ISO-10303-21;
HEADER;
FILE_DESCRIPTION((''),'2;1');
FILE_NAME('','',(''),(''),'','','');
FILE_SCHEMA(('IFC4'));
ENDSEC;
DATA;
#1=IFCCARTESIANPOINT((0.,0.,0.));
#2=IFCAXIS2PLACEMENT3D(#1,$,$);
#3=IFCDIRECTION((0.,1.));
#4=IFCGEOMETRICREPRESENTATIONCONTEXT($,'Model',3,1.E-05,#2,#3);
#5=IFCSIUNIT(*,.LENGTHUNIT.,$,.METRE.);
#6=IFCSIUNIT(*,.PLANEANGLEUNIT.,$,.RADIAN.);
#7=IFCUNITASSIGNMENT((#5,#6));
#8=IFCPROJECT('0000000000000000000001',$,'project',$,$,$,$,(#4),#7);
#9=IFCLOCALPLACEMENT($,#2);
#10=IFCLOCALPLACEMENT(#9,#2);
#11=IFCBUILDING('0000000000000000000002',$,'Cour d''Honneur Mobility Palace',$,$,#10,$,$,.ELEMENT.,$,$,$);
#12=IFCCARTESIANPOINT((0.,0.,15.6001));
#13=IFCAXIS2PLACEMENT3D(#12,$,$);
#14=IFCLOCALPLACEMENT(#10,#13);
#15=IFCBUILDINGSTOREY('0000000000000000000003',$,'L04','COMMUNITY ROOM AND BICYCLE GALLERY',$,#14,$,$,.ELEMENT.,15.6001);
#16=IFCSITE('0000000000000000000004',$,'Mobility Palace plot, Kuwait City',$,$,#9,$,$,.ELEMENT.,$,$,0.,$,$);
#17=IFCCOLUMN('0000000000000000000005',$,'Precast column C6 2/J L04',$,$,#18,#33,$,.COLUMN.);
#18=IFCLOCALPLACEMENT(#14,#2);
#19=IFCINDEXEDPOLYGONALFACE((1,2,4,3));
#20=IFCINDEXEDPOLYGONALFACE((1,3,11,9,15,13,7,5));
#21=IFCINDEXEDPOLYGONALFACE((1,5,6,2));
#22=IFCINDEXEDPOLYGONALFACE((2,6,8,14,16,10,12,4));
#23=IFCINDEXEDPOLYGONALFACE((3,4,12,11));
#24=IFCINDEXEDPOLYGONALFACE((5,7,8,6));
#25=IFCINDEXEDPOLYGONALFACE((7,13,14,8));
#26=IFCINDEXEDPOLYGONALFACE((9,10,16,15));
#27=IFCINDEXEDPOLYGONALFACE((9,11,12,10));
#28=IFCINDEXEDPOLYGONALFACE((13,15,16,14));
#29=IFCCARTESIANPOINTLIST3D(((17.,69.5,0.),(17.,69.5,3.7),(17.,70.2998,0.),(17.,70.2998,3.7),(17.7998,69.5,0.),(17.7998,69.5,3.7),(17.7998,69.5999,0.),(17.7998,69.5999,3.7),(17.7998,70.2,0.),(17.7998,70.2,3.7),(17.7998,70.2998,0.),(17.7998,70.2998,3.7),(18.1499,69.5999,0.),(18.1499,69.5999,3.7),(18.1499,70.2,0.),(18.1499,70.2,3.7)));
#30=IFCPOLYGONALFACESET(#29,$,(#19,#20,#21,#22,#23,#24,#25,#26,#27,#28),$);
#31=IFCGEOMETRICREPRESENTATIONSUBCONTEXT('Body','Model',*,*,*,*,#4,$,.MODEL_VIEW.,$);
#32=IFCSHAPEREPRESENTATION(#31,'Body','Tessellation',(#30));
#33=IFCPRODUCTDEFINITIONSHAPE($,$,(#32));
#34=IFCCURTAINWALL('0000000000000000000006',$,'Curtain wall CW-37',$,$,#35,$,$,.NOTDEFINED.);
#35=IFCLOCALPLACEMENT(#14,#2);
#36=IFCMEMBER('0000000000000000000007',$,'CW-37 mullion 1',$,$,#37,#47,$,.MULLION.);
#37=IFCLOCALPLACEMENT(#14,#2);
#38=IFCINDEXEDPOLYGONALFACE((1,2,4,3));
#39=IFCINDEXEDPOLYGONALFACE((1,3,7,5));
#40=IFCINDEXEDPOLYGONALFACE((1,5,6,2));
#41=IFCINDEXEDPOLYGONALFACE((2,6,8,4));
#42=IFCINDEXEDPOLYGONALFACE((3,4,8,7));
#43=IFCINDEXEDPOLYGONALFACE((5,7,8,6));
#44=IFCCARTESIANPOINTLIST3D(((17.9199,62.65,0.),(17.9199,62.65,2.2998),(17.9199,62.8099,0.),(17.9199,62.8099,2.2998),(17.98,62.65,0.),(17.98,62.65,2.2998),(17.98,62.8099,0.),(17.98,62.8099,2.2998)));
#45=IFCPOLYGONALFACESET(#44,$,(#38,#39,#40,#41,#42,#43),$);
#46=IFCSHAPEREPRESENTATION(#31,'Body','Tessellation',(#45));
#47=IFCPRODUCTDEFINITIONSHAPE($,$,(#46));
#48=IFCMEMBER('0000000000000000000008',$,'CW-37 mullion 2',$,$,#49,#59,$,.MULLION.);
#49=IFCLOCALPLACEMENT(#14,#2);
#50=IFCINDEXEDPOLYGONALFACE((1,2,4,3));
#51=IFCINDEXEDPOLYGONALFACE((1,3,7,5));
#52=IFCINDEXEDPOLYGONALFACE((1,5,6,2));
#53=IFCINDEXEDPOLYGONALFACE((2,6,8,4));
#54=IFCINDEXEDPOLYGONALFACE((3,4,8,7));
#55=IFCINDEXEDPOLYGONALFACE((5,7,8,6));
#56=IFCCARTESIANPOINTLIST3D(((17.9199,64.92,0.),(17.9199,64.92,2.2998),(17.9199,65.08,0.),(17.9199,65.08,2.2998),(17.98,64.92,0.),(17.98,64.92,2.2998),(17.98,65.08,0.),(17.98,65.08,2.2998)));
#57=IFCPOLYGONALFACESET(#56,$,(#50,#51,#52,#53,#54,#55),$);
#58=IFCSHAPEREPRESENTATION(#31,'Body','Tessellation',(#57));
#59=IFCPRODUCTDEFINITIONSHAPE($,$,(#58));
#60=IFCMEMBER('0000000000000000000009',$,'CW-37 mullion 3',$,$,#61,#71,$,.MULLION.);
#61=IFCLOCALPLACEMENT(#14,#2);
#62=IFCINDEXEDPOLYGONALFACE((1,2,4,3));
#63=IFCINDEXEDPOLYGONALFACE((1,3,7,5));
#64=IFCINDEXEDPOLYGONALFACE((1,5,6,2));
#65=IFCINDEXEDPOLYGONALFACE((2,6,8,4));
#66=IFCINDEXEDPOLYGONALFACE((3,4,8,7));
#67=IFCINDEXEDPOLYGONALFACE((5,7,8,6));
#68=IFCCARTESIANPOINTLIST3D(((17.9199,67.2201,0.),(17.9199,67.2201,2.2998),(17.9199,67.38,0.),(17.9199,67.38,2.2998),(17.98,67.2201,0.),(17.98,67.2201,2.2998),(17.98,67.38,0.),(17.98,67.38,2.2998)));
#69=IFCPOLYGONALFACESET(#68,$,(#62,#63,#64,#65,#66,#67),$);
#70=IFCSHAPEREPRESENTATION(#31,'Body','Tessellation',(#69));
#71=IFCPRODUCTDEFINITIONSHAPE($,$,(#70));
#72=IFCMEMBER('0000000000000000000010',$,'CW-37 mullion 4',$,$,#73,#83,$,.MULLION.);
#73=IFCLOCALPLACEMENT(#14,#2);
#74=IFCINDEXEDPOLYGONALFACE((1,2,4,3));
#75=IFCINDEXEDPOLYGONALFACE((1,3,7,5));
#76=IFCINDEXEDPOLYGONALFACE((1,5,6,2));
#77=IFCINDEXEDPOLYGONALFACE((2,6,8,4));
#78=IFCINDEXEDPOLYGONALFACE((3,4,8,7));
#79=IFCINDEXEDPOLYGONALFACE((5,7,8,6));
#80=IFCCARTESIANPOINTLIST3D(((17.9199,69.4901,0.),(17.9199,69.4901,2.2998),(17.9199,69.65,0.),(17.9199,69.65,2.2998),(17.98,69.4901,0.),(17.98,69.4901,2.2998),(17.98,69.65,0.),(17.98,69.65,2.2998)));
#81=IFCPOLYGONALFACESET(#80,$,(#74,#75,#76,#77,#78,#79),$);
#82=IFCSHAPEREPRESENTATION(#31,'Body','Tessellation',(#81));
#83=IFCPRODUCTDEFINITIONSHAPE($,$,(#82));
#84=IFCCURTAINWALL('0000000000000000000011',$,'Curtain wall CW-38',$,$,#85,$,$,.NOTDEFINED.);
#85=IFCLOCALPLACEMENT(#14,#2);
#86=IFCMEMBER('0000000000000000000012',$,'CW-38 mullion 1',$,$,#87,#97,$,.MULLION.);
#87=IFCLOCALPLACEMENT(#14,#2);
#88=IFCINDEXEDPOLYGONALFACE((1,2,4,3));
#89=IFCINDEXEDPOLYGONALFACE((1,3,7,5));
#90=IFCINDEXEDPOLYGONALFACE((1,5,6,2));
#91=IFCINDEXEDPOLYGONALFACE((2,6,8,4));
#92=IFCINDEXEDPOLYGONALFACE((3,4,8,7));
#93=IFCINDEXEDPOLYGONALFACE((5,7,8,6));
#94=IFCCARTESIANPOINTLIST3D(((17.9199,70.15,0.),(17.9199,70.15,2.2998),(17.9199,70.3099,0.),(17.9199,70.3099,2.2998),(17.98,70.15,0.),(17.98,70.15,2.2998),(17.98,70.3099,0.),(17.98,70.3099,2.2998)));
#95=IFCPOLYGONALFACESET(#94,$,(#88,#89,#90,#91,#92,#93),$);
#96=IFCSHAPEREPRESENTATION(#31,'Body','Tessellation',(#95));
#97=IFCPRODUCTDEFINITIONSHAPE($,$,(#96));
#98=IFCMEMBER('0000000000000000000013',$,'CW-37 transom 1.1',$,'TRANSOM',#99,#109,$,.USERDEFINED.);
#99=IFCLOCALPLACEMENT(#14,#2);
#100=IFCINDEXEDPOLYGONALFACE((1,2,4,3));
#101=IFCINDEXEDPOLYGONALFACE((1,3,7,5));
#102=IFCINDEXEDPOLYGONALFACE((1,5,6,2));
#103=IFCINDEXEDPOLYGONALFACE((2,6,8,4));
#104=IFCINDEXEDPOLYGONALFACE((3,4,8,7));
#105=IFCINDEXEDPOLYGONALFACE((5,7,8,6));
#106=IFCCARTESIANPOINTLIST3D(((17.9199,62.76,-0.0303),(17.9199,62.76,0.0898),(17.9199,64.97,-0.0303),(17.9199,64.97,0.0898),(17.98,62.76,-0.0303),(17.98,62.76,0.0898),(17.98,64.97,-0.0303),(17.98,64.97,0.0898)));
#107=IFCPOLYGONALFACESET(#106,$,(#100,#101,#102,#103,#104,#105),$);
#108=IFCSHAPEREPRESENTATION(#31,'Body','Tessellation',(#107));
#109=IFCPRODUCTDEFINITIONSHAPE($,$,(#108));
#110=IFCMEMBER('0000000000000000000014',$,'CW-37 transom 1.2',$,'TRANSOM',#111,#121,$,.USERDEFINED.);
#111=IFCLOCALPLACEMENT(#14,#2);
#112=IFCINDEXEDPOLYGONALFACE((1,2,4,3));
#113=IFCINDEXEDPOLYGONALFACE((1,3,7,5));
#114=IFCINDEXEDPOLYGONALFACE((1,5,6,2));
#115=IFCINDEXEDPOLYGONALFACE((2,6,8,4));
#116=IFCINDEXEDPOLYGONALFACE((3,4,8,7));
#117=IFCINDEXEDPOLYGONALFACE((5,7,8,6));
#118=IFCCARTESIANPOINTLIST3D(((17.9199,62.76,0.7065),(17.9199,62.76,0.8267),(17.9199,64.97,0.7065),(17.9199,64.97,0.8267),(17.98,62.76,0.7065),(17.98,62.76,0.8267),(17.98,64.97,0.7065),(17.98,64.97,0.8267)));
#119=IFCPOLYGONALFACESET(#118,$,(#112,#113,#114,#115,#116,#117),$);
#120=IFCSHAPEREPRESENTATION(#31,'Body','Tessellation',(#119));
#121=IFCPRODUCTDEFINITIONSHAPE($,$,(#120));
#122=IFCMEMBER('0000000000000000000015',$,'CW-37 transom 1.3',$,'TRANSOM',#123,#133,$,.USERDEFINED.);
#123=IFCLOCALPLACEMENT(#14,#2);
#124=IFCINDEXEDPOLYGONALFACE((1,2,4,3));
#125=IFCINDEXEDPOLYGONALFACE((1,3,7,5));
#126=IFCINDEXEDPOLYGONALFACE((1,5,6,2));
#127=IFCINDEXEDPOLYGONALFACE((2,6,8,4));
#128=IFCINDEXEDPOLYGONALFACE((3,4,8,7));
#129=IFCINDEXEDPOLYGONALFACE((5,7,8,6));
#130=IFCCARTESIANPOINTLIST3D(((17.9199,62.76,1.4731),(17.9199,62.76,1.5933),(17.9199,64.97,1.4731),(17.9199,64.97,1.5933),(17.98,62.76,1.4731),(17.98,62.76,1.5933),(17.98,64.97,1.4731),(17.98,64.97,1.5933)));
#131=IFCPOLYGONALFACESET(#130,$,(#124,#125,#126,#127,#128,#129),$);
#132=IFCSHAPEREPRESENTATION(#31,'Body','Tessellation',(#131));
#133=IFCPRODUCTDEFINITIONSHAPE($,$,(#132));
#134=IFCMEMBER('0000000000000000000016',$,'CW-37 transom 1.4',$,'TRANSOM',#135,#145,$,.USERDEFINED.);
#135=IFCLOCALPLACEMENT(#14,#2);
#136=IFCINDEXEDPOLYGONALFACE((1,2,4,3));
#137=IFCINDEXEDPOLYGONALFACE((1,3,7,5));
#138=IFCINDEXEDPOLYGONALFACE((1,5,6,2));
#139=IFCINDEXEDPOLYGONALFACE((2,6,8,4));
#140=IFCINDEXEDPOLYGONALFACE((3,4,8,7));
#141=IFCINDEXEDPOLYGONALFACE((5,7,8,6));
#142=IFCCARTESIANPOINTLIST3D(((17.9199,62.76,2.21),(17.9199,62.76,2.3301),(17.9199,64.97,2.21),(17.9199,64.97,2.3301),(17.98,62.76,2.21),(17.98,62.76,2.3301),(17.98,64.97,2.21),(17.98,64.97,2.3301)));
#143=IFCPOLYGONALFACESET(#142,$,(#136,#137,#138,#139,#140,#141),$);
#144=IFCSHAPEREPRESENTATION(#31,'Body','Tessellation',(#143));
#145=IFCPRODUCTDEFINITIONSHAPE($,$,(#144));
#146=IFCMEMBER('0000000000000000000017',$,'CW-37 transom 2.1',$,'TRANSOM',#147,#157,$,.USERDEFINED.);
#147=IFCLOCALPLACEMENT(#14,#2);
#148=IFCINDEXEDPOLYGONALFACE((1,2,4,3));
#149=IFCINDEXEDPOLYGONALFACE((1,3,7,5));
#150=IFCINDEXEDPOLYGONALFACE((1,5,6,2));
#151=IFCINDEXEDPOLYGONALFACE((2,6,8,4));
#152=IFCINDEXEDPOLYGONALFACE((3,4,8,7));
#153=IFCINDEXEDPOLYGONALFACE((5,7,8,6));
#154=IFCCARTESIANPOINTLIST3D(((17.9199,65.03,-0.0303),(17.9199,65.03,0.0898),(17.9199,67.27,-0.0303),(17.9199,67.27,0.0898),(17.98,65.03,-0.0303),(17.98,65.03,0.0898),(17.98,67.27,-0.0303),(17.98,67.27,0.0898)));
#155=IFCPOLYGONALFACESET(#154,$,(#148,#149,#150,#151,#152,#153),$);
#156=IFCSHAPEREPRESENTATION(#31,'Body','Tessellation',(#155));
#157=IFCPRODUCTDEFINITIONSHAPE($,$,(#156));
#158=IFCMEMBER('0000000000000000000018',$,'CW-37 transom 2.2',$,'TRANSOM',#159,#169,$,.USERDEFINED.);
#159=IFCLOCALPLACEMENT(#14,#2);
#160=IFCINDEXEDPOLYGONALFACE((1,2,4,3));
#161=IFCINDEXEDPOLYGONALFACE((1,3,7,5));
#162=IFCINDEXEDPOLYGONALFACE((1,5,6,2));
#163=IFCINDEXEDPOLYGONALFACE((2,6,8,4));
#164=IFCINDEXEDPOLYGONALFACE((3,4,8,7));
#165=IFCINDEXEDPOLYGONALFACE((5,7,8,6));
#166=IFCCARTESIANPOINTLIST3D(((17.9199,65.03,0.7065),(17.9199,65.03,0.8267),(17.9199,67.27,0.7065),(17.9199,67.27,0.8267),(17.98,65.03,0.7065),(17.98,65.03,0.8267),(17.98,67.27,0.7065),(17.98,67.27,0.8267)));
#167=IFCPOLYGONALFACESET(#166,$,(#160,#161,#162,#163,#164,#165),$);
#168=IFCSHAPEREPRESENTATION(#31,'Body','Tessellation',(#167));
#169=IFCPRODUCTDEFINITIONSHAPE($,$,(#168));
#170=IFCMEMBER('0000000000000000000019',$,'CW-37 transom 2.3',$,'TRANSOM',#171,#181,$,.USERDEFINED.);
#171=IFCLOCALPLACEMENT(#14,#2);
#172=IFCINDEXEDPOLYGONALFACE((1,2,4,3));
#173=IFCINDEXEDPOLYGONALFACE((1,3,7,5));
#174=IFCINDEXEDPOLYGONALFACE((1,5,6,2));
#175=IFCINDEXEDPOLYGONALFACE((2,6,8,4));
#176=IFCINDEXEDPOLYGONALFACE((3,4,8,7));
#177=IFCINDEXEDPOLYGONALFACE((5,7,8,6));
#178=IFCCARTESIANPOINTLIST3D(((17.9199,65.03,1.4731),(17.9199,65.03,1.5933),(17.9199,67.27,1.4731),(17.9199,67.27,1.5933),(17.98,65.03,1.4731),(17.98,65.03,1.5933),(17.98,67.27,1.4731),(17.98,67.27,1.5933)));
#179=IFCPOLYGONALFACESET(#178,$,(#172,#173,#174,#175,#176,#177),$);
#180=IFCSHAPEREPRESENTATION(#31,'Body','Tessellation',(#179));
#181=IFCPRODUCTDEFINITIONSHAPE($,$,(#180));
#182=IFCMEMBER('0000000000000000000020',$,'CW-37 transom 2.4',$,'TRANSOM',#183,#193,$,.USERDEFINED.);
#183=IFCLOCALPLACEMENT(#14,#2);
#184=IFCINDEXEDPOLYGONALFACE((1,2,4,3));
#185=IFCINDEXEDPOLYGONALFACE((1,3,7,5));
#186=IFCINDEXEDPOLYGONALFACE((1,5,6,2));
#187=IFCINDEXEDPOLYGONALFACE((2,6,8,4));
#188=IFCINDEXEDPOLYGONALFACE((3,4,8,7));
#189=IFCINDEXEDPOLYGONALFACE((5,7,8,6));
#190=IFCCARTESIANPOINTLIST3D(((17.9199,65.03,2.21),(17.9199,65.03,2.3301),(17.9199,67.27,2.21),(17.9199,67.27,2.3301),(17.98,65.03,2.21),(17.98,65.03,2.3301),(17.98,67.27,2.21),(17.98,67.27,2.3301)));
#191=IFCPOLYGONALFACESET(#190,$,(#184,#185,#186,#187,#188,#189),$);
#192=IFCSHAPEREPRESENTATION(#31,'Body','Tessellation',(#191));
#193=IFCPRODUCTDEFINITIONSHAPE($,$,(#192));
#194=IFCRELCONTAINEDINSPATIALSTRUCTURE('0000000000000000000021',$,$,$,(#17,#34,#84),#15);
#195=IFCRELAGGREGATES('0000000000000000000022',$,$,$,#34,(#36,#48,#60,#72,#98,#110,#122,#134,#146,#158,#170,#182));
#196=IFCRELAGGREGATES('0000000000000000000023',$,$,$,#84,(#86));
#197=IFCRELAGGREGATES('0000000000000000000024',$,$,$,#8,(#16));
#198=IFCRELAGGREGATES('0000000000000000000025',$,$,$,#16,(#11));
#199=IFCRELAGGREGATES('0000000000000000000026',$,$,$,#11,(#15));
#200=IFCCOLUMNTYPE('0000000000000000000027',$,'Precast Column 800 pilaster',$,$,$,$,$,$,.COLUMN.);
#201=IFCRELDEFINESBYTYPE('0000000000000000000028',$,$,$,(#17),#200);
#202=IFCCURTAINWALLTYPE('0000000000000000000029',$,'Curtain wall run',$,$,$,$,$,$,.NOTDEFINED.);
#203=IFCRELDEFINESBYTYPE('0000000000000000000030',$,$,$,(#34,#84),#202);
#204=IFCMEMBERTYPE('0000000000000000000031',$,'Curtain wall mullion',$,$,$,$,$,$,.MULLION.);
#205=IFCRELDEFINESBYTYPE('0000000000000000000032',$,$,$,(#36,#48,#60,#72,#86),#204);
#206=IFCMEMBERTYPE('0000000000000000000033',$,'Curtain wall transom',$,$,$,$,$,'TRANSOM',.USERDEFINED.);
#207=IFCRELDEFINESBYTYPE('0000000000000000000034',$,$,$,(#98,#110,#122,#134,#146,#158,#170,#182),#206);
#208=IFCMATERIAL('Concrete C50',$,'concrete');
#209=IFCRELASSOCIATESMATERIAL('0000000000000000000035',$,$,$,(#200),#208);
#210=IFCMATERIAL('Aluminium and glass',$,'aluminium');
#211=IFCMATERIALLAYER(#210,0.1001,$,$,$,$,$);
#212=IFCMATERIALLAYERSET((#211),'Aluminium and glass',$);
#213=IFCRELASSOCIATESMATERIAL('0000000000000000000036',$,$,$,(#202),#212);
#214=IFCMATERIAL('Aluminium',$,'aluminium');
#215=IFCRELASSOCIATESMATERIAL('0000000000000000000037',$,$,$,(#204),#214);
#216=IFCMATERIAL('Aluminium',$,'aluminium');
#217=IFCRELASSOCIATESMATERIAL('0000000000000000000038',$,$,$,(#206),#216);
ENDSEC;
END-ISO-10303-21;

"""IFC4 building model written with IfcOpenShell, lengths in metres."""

from ifc_helpers import new_model, si_unit, direction, frame, origin, origin_2d, place, context, subcontext, project, spatial, polyline, rectangle, outline, extrude, material, layer, layer_set, material_profile, profile_set, type_object, element, aggregate, save


model = new_model("IFC4")

# Units and contexts
model_context = context("Model", 3, precision=1e-05, world=origin(), true_north=direction((0.0, 1.0)))
body_context = subcontext(model_context, "Body", "Model", "MODEL_VIEW")
ifc_project = project(units=[si_unit("LENGTHUNIT", "METRE"), si_unit("PLANEANGLEUNIT", "RADIAN")], contexts=[model_context])

# Site, building, storey
site_placement = place(None, origin())
site = spatial("IfcSite", under=ifc_project, at=site_placement, Name="Mobility Palace plot, Kuwait City", CompositionType="ELEMENT", RefElevation=0.0)
building_placement = place(site_placement, origin())
building = spatial("IfcBuilding", under=site, at=building_placement, Name="Cour d'Honneur Mobility Palace", CompositionType="ELEMENT")
storey_placement = place(building_placement, frame((0.0, 0.0, 15.6001)))
storey = spatial("IfcBuildingStorey", under=building, at=storey_placement, Name="L04", Description="COMMUNITY ROOM AND BICYCLE GALLERY", CompositionType="ELEMENT", Elevation=15.6001)

# Column
ifc_material_1 = material(Name="Concrete C50", Category="concrete")
ifc_material_profile_1 = material_profile(ifc_material_1, outline(polyline([(-0.3999, -0.3999), (0.3999, -0.3999), (0.3999, -0.3), (0.75, -0.3), (0.75, 0.3), (0.3999, 0.3), (0.3999, 0.3999), (-0.3999, 0.3999), (-0.3999, -0.3999)])), Name="PC C800 pilaster")
ifc_profile_set_1 = profile_set([ifc_material_profile_1], Name="Concrete C50")
column_type = type_object("IfcColumnType", Name="Precast Column 800 pilaster", PredefinedType="COLUMN", material=ifc_profile_set_1)
column_placement = place(storey_placement, frame((17.3999, 69.8999, 0.0), z_axis=(0.0, 0.0, 1.0), x_axis=(1.0, 0.0, 0.0)))
element("IfcColumn", 1, at=column_placement, inside=storey, type_object=column_type, Name="Precast column C6 2/J L04", PredefinedType="COLUMN", context=body_context, shape_type="SweptSolid", body=[
    extrude(outline(polyline([(-0.3999, -0.3999), (0.3999, -0.3999), (0.3999, -0.3), (0.75, -0.3), (0.75, 0.3), (0.3999, 0.3), (0.3999, 0.3999), (-0.3999, 0.3999), (-0.3999, -0.3999)])), origin(), (0.0, 0.0, 1.0), 3.7),
])

# Curtain wall, members
ifc_material_2 = material(Name="Aluminium and glass", Category="aluminium")
ifc_layer_1 = layer(ifc_material_2, 0.1001)
ifc_layer_set_1 = layer_set([ifc_layer_1], Name="Aluminium and glass")
curtain_wall_type = type_object("IfcCurtainWallType", Name="Curtain wall run", PredefinedType="NOTDEFINED", material=ifc_layer_set_1)
curtain_wall_1_placement = place(storey_placement, origin())
curtain_wall_1 = element("IfcCurtainWall", 2, at=curtain_wall_1_placement, inside=storey, type_object=curtain_wall_type, Name="Curtain wall CW-37", PredefinedType="NOTDEFINED")
ifc_material_3 = material(Name="Aluminium", Category="aluminium")
ifc_material_profile_2 = material_profile(ifc_material_3, rectangle(XDim=0.0601, YDim=0.1599, at=origin_2d()), Name="Curtain wall mullion")
ifc_profile_set_2 = profile_set([ifc_material_profile_2], Name="Aluminium")
member_type_1 = type_object("IfcMemberType", Name="Curtain wall mullion", PredefinedType="MULLION", material=ifc_profile_set_2)
member_1_placement = place(storey_placement, frame((17.95, 62.73, 0.0), z_axis=(0.0, 0.0, 1.0), x_axis=(-1.0, 0.0, 0.0)))
member_1 = element("IfcMember", 3, at=member_1_placement, type_object=member_type_1, Name="CW-37 mullion 1", PredefinedType="MULLION", context=body_context, shape_type="SweptSolid", body=[
    extrude(rectangle(XDim=0.0601, YDim=0.1599, at=origin_2d()), origin(), (0.0, 0.0, 1.0), 2.2998),
])
member_2_placement = place(storey_placement, frame((17.95, 65.0, 0.0), z_axis=(0.0, 0.0, 1.0), x_axis=(-1.0, 0.0, 0.0)))
member_2 = element("IfcMember", 4, at=member_2_placement, type_object=member_type_1, Name="CW-37 mullion 2", PredefinedType="MULLION", context=body_context, shape_type="SweptSolid", body=[
    extrude(rectangle(XDim=0.0601, YDim=0.1599, at=origin_2d()), origin(), (0.0, 0.0, 1.0), 2.2998),
])
member_3_placement = place(storey_placement, frame((17.95, 67.3, 0.0), z_axis=(0.0, 0.0, 1.0), x_axis=(-1.0, 0.0, 0.0)))
member_3 = element("IfcMember", 5, at=member_3_placement, type_object=member_type_1, Name="CW-37 mullion 3", PredefinedType="MULLION", context=body_context, shape_type="SweptSolid", body=[
    extrude(rectangle(XDim=0.0601, YDim=0.1599, at=origin_2d()), origin(), (0.0, 0.0, 1.0), 2.2998),
])
member_4_placement = place(storey_placement, frame((17.95, 69.5701, 0.0), z_axis=(0.0, 0.0, 1.0), x_axis=(-1.0, 0.0, 0.0)))
member_4 = element("IfcMember", 6, at=member_4_placement, type_object=member_type_1, Name="CW-37 mullion 4", PredefinedType="MULLION", context=body_context, shape_type="SweptSolid", body=[
    extrude(rectangle(XDim=0.0601, YDim=0.1599, at=origin_2d()), origin(), (0.0, 0.0, 1.0), 2.2998),
])

# Curtain wall, member
curtain_wall_2_placement = place(storey_placement, origin())
curtain_wall_2 = element("IfcCurtainWall", 7, at=curtain_wall_2_placement, inside=storey, type_object=curtain_wall_type, Name="Curtain wall CW-38", PredefinedType="NOTDEFINED")
member_5_placement = place(storey_placement, frame((17.95, 70.23, 0.0), z_axis=(0.0, 0.0, 1.0), x_axis=(-1.0, 0.0, 0.0)))
member_5 = element("IfcMember", 8, at=member_5_placement, type_object=member_type_1, Name="CW-38 mullion 1", PredefinedType="MULLION", context=body_context, shape_type="SweptSolid", body=[
    extrude(rectangle(XDim=0.0601, YDim=0.1599, at=origin_2d()), origin(), (0.0, 0.0, 1.0), 2.2998),
])

# Members
ifc_material_4 = material(Name="Aluminium", Category="aluminium")
ifc_material_profile_3 = material_profile(ifc_material_4, rectangle(XDim=0.0601, YDim=0.1201, at=origin_2d()), Name="Curtain wall transom")
ifc_profile_set_3 = profile_set([ifc_material_profile_3], Name="Aluminium")
member_type_2 = type_object("IfcMemberType", Name="Curtain wall transom", ElementType="TRANSOM", PredefinedType="USERDEFINED", material=ifc_profile_set_3)
member_6_placement = place(storey_placement, frame((17.95, 62.76, 0.0298), z_axis=(0.0, 1.0, 0.0), x_axis=(-1.0, 0.0, 0.0)))
member_6 = element("IfcMember", 9, at=member_6_placement, type_object=member_type_2, Name="CW-37 transom 1.1", ObjectType="TRANSOM", PredefinedType="USERDEFINED", context=body_context, shape_type="SweptSolid", body=[
    extrude(rectangle(XDim=0.0601, YDim=0.1201, at=origin_2d()), origin(), (0.0, 0.0, 1.0), 2.21),
])
member_7_placement = place(storey_placement, frame((17.95, 62.76, 0.7666), z_axis=(0.0, 1.0, 0.0), x_axis=(-1.0, 0.0, 0.0)))
member_7 = element("IfcMember", 10, at=member_7_placement, type_object=member_type_2, Name="CW-37 transom 1.2", ObjectType="TRANSOM", PredefinedType="USERDEFINED", context=body_context, shape_type="SweptSolid", body=[
    extrude(rectangle(XDim=0.0601, YDim=0.1201, at=origin_2d()), origin(), (0.0, 0.0, 1.0), 2.21),
])
member_8_placement = place(storey_placement, frame((17.95, 62.76, 1.5332), z_axis=(0.0, 1.0, 0.0), x_axis=(-1.0, 0.0, 0.0)))
member_8 = element("IfcMember", 11, at=member_8_placement, type_object=member_type_2, Name="CW-37 transom 1.3", ObjectType="TRANSOM", PredefinedType="USERDEFINED", context=body_context, shape_type="SweptSolid", body=[
    extrude(rectangle(XDim=0.0601, YDim=0.1201, at=origin_2d()), origin(), (0.0, 0.0, 1.0), 2.21),
])
member_9_placement = place(storey_placement, frame((17.95, 62.76, 2.27), z_axis=(0.0, 1.0, 0.0), x_axis=(-1.0, 0.0, 0.0)))
member_9 = element("IfcMember", 12, at=member_9_placement, type_object=member_type_2, Name="CW-37 transom 1.4", ObjectType="TRANSOM", PredefinedType="USERDEFINED", context=body_context, shape_type="SweptSolid", body=[
    extrude(rectangle(XDim=0.0601, YDim=0.1201, at=origin_2d()), origin(), (0.0, 0.0, 1.0), 2.21),
])
member_10_placement = place(storey_placement, frame((17.95, 65.03, 0.0298), z_axis=(0.0, 1.0, 0.0), x_axis=(-1.0, 0.0, 0.0)))
member_10 = element("IfcMember", 13, at=member_10_placement, type_object=member_type_2, Name="CW-37 transom 2.1", ObjectType="TRANSOM", PredefinedType="USERDEFINED", context=body_context, shape_type="SweptSolid", body=[
    extrude(rectangle(XDim=0.0601, YDim=0.1201, at=origin_2d()), origin(), (0.0, 0.0, 1.0), 2.24),
])
member_11_placement = place(storey_placement, frame((17.95, 65.03, 0.7666), z_axis=(0.0, 1.0, 0.0), x_axis=(-1.0, 0.0, 0.0)))
member_11 = element("IfcMember", 14, at=member_11_placement, type_object=member_type_2, Name="CW-37 transom 2.2", ObjectType="TRANSOM", PredefinedType="USERDEFINED", context=body_context, shape_type="SweptSolid", body=[
    extrude(rectangle(XDim=0.0601, YDim=0.1201, at=origin_2d()), origin(), (0.0, 0.0, 1.0), 2.24),
])
member_12_placement = place(storey_placement, frame((17.95, 65.03, 1.5332), z_axis=(0.0, 1.0, 0.0), x_axis=(-1.0, 0.0, 0.0)))
member_12 = element("IfcMember", 15, at=member_12_placement, type_object=member_type_2, Name="CW-37 transom 2.3", ObjectType="TRANSOM", PredefinedType="USERDEFINED", context=body_context, shape_type="SweptSolid", body=[
    extrude(rectangle(XDim=0.0601, YDim=0.1201, at=origin_2d()), origin(), (0.0, 0.0, 1.0), 2.24),
])
member_13_placement = place(storey_placement, frame((17.95, 65.03, 2.27), z_axis=(0.0, 1.0, 0.0), x_axis=(-1.0, 0.0, 0.0)))
member_13 = element("IfcMember", 16, at=member_13_placement, type_object=member_type_2, Name="CW-37 transom 2.4", ObjectType="TRANSOM", PredefinedType="USERDEFINED", context=body_context, shape_type="SweptSolid", body=[
    extrude(rectangle(XDim=0.0601, YDim=0.1201, at=origin_2d()), origin(), (0.0, 0.0, 1.0), 2.24),
])

aggregate(curtain_wall_1, [member_1, member_2, member_3, member_4, member_6, member_7, member_8, member_9, member_10, member_11, member_12, member_13])
aggregate(curtain_wall_2, [member_5])

save(model, "model.ifc")
